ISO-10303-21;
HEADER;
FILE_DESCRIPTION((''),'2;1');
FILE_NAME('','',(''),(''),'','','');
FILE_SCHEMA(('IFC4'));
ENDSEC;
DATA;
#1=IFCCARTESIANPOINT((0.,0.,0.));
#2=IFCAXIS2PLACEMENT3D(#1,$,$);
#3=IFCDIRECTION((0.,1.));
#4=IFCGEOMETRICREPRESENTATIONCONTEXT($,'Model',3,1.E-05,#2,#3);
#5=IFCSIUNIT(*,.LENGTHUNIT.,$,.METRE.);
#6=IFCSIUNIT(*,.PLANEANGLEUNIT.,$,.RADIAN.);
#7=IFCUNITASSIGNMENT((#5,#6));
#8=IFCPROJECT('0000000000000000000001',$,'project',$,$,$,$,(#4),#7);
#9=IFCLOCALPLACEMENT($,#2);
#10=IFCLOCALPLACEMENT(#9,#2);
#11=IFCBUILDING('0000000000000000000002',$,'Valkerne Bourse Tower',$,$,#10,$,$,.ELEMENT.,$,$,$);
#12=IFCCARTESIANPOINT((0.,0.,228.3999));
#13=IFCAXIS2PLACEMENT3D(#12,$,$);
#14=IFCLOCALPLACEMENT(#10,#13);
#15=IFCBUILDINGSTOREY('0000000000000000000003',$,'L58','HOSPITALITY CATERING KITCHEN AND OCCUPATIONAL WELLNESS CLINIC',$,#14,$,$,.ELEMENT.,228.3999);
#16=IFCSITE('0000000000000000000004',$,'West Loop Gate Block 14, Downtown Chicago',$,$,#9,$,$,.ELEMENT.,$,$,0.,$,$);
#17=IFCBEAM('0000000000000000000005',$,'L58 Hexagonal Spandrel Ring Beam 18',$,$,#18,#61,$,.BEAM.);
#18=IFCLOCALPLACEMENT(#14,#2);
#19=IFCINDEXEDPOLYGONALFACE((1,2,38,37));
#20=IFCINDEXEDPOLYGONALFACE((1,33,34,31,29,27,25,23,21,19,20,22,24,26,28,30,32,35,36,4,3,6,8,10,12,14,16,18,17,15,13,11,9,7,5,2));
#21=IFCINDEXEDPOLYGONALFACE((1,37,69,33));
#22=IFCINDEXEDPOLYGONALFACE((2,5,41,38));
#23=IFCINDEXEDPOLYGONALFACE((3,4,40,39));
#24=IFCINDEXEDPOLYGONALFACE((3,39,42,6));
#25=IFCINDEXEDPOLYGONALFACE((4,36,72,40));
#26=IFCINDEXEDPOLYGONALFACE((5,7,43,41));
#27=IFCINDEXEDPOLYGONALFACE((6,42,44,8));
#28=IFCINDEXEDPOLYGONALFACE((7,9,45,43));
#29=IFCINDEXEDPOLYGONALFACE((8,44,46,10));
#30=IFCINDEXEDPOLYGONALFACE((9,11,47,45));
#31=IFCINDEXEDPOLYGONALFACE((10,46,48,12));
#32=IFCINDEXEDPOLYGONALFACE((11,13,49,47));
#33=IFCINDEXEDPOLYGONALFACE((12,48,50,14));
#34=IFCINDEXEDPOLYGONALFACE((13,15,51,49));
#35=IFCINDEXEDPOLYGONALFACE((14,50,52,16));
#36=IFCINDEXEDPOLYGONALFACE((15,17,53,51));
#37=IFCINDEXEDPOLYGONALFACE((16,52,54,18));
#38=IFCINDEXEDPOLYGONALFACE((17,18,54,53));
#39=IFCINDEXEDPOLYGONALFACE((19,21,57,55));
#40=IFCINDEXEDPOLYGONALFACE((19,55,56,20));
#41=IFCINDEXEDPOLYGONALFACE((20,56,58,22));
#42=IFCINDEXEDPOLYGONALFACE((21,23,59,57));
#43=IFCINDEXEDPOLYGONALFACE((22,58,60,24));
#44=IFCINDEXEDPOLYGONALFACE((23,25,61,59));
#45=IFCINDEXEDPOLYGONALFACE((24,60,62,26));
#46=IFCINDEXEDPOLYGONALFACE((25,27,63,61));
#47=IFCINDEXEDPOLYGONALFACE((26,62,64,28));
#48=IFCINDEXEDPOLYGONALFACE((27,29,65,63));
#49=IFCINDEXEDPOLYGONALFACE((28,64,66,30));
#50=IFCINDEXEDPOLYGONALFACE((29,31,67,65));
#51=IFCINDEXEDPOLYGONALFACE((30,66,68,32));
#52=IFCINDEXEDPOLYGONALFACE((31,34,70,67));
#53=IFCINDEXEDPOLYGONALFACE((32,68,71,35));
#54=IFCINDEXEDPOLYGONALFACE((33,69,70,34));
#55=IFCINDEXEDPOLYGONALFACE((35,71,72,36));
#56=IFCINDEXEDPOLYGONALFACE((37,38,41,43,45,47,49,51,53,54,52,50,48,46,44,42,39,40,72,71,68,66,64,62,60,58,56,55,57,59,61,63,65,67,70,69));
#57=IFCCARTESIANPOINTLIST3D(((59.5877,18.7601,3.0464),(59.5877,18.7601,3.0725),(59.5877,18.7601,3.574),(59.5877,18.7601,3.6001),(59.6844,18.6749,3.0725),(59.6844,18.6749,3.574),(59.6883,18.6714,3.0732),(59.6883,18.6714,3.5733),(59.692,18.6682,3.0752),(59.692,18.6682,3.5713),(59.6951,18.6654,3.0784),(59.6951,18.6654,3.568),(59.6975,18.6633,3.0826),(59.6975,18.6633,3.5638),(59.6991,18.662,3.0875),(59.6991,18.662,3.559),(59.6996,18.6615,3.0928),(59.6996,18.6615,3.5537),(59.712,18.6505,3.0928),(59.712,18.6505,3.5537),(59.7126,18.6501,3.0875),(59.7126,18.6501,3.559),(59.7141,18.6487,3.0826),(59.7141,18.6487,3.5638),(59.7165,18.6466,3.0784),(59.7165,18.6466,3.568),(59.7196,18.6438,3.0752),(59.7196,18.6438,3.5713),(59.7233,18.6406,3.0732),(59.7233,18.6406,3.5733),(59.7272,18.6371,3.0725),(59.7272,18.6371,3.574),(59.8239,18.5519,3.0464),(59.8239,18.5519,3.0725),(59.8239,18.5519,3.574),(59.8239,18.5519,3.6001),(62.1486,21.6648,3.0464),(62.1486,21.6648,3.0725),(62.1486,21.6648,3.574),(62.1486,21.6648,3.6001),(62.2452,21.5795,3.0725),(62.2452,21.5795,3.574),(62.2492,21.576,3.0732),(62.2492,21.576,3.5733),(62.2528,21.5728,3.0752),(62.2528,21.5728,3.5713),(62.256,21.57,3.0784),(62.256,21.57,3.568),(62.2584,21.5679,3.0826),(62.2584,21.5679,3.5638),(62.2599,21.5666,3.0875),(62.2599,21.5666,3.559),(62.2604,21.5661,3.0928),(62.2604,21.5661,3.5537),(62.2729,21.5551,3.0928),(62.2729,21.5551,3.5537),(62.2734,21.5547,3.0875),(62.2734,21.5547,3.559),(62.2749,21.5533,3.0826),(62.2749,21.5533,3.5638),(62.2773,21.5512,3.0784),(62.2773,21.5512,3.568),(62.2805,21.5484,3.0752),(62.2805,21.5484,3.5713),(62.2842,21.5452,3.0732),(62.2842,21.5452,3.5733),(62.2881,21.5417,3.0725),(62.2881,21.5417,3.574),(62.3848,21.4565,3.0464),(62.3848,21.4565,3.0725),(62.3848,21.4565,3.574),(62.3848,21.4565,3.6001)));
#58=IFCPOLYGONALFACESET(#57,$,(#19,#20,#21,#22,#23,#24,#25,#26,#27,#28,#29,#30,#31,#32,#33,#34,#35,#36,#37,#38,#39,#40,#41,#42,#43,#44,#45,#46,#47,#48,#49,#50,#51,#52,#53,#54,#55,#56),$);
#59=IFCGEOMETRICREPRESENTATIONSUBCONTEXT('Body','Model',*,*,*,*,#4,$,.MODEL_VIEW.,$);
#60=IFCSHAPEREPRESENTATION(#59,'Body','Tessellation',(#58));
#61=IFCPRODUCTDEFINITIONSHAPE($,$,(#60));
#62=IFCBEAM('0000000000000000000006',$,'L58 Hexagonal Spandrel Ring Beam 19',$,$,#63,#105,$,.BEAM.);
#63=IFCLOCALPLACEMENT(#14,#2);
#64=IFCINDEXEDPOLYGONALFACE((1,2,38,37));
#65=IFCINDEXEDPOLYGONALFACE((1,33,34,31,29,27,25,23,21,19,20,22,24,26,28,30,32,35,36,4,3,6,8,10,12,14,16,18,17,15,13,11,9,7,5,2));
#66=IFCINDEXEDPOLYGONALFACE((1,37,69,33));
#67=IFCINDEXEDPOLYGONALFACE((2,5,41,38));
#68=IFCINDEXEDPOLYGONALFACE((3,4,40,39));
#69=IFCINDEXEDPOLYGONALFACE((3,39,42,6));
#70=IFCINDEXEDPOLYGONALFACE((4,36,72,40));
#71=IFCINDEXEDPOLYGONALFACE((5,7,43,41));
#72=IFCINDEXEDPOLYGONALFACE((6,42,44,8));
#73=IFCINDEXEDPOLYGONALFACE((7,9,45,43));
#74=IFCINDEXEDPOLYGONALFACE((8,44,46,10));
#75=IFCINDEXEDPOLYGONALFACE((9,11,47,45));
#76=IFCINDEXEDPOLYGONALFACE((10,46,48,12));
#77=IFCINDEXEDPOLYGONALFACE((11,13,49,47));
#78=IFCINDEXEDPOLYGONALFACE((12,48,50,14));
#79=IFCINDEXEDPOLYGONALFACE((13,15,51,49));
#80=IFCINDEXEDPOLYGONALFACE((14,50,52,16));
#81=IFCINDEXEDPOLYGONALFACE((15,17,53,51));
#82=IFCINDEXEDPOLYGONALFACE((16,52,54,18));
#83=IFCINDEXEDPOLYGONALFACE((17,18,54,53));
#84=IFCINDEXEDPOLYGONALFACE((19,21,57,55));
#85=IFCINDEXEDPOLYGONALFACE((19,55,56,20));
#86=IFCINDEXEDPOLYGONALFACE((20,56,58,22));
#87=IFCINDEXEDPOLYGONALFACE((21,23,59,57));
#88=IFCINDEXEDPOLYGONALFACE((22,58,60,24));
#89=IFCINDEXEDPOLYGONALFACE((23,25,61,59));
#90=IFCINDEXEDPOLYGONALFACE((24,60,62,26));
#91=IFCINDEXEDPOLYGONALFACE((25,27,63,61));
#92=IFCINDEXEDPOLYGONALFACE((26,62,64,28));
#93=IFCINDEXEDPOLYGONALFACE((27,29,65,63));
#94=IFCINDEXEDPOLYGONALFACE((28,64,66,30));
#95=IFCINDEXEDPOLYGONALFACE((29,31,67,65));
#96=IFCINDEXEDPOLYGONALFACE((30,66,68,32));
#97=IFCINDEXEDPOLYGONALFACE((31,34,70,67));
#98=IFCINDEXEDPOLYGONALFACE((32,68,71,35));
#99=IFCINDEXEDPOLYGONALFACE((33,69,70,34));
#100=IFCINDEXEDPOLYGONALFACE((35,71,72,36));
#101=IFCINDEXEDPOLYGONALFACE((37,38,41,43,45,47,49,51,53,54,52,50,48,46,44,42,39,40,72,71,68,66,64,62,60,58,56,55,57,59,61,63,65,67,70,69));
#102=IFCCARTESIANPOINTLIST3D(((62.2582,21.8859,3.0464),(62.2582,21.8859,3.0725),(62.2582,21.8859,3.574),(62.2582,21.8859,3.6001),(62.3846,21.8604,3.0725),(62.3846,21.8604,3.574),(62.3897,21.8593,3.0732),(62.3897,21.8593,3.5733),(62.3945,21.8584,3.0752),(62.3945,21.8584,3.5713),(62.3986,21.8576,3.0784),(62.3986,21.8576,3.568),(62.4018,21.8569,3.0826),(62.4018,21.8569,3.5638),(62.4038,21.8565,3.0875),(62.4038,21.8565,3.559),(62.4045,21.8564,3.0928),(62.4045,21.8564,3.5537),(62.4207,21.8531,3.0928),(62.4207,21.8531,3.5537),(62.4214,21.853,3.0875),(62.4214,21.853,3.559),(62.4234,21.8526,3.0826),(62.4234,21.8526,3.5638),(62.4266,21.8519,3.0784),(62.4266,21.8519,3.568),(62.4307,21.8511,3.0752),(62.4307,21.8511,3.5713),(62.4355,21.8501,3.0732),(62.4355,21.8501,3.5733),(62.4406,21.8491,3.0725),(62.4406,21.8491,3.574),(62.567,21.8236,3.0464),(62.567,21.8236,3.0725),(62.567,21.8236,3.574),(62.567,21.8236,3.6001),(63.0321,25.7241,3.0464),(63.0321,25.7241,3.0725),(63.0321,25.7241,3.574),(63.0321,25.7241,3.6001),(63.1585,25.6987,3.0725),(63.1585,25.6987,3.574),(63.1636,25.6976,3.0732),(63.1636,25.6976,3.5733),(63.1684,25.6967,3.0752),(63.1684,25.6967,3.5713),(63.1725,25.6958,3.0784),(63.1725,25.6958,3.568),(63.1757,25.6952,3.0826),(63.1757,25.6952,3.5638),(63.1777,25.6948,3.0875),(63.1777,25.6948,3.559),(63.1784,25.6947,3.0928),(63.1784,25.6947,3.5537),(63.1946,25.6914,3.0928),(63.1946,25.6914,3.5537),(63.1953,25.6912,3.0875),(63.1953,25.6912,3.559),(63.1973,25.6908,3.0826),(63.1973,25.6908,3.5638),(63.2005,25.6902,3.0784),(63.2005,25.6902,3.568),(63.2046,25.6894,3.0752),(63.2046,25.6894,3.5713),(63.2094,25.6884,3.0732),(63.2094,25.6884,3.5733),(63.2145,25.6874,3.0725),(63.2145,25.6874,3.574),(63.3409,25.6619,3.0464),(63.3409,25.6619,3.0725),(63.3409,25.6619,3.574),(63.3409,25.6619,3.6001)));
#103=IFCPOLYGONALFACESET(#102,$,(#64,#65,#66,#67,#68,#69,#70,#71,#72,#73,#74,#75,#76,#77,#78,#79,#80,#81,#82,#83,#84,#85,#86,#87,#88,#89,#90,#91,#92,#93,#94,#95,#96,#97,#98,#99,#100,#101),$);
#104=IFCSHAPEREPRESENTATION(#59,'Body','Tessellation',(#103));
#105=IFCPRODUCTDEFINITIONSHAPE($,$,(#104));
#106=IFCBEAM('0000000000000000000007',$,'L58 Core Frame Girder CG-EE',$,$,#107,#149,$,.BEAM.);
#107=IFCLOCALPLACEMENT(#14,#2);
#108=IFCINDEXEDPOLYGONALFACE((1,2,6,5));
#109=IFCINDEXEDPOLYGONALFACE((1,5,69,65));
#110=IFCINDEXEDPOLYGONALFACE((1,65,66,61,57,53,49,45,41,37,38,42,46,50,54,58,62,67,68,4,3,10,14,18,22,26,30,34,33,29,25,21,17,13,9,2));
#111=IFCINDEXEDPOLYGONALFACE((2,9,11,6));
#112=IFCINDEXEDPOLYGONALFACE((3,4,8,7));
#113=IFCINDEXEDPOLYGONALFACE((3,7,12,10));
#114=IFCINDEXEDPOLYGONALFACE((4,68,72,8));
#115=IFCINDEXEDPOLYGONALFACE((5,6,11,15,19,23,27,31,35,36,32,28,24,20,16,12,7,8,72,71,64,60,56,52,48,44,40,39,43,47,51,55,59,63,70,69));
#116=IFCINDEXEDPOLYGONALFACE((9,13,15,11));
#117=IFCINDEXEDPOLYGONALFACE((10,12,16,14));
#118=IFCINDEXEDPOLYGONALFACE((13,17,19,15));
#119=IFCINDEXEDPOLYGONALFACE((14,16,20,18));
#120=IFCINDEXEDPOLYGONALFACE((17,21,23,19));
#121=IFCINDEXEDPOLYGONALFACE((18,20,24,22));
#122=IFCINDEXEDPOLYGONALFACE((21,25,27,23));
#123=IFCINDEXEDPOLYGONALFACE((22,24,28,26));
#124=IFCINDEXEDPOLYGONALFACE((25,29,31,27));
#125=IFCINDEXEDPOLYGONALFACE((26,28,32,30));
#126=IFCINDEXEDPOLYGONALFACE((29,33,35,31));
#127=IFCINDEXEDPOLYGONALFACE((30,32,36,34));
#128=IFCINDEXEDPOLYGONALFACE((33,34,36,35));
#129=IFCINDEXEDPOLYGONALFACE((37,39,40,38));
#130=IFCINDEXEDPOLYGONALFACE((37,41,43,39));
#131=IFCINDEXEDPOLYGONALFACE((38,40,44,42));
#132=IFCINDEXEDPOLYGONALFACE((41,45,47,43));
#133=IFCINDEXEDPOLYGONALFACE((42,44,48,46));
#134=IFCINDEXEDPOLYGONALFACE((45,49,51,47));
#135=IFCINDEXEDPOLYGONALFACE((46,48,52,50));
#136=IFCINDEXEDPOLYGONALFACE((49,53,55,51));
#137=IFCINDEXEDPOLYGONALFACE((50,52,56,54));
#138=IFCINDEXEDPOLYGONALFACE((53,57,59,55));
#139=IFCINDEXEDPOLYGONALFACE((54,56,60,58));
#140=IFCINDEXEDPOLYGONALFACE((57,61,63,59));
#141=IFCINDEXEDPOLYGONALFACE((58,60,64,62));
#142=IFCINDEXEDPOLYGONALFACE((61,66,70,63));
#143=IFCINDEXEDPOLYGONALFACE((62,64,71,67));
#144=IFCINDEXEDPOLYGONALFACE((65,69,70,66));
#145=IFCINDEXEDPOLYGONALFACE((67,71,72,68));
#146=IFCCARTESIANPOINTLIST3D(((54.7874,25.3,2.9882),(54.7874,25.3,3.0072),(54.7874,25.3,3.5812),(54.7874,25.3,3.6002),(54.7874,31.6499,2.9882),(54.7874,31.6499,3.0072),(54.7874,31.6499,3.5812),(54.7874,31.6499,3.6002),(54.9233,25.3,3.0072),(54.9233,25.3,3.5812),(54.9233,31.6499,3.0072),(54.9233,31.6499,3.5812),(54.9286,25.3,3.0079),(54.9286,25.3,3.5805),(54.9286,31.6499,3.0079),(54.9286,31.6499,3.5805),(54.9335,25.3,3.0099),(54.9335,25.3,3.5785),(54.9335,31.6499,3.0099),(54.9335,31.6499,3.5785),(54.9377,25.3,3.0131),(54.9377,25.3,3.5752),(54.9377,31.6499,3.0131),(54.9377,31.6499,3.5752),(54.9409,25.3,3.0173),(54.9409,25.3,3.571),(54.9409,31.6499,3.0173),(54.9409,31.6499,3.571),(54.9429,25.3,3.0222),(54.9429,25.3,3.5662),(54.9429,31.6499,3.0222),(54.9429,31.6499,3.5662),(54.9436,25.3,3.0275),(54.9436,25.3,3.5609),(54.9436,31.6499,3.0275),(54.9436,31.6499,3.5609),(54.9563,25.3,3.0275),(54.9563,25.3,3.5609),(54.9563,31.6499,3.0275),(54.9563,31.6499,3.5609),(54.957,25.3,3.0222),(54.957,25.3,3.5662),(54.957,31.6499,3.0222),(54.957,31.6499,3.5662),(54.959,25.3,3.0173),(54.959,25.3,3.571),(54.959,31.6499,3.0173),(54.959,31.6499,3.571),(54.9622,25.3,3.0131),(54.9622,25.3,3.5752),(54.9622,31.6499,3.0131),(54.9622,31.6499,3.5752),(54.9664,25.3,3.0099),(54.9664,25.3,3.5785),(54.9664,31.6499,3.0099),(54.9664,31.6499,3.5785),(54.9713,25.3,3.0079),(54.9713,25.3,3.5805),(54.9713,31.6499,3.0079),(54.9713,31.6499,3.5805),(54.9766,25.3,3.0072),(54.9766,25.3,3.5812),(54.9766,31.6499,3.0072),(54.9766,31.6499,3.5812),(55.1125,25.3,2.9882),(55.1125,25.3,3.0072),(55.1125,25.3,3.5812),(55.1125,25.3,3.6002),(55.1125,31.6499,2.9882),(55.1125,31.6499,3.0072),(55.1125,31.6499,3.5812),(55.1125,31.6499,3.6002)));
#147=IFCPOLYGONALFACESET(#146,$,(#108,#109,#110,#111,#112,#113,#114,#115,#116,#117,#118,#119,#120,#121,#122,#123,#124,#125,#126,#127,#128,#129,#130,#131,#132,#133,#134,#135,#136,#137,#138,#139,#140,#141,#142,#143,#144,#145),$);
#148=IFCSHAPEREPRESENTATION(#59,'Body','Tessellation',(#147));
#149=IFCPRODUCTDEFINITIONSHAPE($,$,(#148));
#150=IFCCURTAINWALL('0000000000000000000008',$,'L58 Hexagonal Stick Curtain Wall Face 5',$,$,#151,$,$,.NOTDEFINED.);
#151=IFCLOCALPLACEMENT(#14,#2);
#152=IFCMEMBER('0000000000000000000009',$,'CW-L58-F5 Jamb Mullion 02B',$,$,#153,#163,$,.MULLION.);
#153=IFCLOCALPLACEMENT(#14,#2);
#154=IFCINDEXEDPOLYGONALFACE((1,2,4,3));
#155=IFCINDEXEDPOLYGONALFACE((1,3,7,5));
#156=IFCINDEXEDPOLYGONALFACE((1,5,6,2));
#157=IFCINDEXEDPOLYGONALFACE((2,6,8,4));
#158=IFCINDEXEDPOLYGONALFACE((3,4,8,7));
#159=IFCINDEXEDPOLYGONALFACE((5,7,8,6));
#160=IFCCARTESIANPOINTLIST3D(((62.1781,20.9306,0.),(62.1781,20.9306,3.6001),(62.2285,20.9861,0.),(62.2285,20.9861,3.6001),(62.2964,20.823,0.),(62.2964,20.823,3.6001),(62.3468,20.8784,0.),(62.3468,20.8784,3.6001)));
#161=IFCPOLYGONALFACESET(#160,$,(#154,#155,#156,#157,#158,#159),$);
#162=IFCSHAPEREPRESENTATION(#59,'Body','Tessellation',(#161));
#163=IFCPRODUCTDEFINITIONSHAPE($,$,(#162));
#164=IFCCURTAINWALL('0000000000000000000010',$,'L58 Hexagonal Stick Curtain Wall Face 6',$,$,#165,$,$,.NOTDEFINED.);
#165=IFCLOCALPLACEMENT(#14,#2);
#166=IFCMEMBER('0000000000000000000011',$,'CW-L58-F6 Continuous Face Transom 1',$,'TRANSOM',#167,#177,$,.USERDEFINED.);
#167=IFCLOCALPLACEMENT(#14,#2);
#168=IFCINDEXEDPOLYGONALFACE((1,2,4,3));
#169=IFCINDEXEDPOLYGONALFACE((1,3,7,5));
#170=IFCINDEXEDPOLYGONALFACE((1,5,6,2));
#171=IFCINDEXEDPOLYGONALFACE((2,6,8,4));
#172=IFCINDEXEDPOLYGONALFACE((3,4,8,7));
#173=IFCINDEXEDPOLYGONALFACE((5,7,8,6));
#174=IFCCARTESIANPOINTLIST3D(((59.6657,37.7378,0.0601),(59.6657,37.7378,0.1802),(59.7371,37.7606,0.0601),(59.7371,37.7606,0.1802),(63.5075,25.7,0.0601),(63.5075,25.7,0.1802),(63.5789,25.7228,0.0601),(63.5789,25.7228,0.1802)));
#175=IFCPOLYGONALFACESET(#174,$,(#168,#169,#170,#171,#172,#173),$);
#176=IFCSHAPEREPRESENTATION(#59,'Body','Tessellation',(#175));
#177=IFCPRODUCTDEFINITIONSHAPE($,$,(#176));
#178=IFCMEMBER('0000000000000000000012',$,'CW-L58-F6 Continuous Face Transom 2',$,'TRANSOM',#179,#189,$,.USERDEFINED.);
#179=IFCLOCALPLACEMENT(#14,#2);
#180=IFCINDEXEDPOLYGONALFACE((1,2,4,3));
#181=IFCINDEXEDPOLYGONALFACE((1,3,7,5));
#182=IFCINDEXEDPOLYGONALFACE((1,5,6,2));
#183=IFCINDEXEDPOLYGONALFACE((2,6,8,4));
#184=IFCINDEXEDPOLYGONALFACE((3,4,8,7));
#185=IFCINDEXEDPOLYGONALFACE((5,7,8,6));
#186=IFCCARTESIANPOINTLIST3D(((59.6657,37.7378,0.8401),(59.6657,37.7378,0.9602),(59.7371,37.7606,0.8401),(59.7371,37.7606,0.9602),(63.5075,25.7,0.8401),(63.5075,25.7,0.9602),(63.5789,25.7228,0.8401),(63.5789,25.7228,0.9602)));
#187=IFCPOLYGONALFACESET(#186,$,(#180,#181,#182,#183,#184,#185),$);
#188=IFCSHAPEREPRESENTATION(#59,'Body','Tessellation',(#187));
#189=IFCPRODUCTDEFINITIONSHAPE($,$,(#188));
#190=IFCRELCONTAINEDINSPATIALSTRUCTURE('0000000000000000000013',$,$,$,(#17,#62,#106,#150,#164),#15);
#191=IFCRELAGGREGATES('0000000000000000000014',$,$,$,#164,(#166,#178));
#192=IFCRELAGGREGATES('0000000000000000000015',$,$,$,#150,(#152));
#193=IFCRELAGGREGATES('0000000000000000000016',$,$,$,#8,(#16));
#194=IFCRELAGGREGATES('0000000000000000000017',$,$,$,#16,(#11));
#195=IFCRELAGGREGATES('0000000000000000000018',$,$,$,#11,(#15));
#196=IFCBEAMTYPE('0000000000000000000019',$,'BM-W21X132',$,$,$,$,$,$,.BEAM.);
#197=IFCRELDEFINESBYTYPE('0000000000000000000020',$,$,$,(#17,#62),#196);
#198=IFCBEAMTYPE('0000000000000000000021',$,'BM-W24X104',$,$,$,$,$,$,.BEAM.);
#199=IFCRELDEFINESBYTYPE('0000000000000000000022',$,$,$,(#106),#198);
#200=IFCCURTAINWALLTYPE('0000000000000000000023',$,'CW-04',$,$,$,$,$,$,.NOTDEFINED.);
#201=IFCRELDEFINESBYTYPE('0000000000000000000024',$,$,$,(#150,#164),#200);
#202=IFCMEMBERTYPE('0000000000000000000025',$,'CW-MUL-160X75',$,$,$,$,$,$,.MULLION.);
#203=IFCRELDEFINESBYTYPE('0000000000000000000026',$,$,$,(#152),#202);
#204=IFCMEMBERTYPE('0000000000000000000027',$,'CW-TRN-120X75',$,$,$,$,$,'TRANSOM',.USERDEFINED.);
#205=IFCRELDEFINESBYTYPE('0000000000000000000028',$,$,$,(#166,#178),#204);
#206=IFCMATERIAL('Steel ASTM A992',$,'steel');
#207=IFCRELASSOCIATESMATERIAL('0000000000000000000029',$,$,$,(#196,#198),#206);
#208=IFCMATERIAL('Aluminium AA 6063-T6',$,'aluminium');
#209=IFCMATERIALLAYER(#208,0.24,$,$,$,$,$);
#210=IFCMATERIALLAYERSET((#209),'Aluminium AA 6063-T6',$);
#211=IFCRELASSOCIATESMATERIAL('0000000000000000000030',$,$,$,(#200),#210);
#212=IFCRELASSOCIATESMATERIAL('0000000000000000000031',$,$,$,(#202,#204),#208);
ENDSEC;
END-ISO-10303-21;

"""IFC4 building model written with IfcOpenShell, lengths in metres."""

from ifc_helpers import new_model, si_unit, direction, frame, origin, origin_2d, place, context, subcontext, project, spatial, rectangle, i_section, extrude, material, layer, layer_set, material_profile, profile_set, type_object, element, aggregate, save


model = new_model("IFC4")

# Units and contexts
model_context = context("Model", 3, precision=1e-05, world=origin(), true_north=direction((0.0, 1.0)))
body_context = subcontext(model_context, "Body", "Model", "MODEL_VIEW")
ifc_project = project(units=[si_unit("LENGTHUNIT", "METRE"), si_unit("PLANEANGLEUNIT", "RADIAN")], contexts=[model_context])

# Site, building, storey
site_placement = place(None, origin())
site = spatial("IfcSite", under=ifc_project, at=site_placement, Name="West Loop Gate Block 14, Downtown Chicago", CompositionType="ELEMENT", RefElevation=0.0)
building_placement = place(site_placement, origin())
building = spatial("IfcBuilding", under=site, at=building_placement, Name="Valkerne Bourse Tower", CompositionType="ELEMENT")
storey_placement = place(building_placement, frame((0.0, 0.0, 228.3999)))
storey = spatial("IfcBuildingStorey", under=building, at=storey_placement, Name="L58", Description="HOSPITALITY CATERING KITCHEN AND OCCUPATIONAL WELLNESS CLINIC", CompositionType="ELEMENT", Elevation=228.3999)

# Beams
ifc_material_1 = material(Name="Steel ASTM A992", Category="steel")
ifc_material_profile_1 = material_profile(ifc_material_1, i_section(OverallWidth=0.3149, OverallDepth=0.5537, WebThickness=0.0166, FlangeThickness=0.0261, FilletRadius=0.0203, at=origin_2d()), Name="W21X132")
ifc_profile_set_1 = profile_set([ifc_material_profile_1], Name="Steel ASTM A992")
beam_type_1 = type_object("IfcBeamType", Name="BM-W21X132", PredefinedType="BEAM", material=ifc_profile_set_1)
beam_1_placement = place(storey_placement, frame((59.7058, 18.656, 3.3232), z_axis=(0.661325, 0.750099, 0.0), x_axis=(-0.750099, 0.661325, 0.0)))
element("IfcBeam", 1, at=beam_1_placement, inside=storey, type_object=beam_type_1, Name="L58 Hexagonal Spandrel Ring Beam 18", PredefinedType="BEAM", context=body_context, shape_type="SweptSolid", body=[
    extrude(i_section(OverallWidth=0.3149, OverallDepth=0.5537, WebThickness=0.0166, FlangeThickness=0.0261, FilletRadius=0.0203, at=origin_2d()), origin(), (0.0, 0.0, 1.0), 3.8723),
])
beam_2_placement = place(storey_placement, frame((62.4126, 21.8547, 3.3232), z_axis=(0.197651, 0.980273, 0.0), x_axis=(-0.980273, 0.197651, 0.0)))
element("IfcBeam", 2, at=beam_2_placement, inside=storey, type_object=beam_type_1, Name="L58 Hexagonal Spandrel Ring Beam 19", PredefinedType="BEAM", context=body_context, shape_type="SweptSolid", body=[
    extrude(i_section(OverallWidth=0.3149, OverallDepth=0.5537, WebThickness=0.0166, FlangeThickness=0.0261, FilletRadius=0.0203, at=origin_2d()), origin(), (0.0, 0.0, 1.0), 3.9155),
])
ifc_material_profile_2 = material_profile(ifc_material_1, i_section(OverallWidth=0.3252, OverallDepth=0.6121, WebThickness=0.0127, FlangeThickness=0.019, FilletRadius=0.0203, at=origin_2d()), Name="W24X104")
ifc_profile_set_2 = profile_set([ifc_material_profile_2], Name="Steel ASTM A992")
beam_type_2 = type_object("IfcBeamType", Name="BM-W24X104", PredefinedType="BEAM", material=ifc_profile_set_2)
beam_3_placement = place(storey_placement, frame((54.95, 25.3, 3.2942), z_axis=(0.0, 1.0, 0.0), x_axis=(-1.0, 0.0, 0.0)))
element("IfcBeam", 3, at=beam_3_placement, inside=storey, type_object=beam_type_2, Name="L58 Core Frame Girder CG-EE", PredefinedType="BEAM", context=body_context, shape_type="SweptSolid", body=[
    extrude(i_section(OverallWidth=0.3252, OverallDepth=0.6121, WebThickness=0.0127, FlangeThickness=0.019, FilletRadius=0.0203, at=origin_2d()), origin(), (0.0, 0.0, 1.0), 6.3499),
])

# Curtain wall, member
ifc_material_2 = material(Name="Aluminium AA 6063-T6", Category="aluminium")
ifc_layer_1 = layer(ifc_material_2, 0.24)
ifc_layer_set_1 = layer_set([ifc_layer_1], Name="Aluminium AA 6063-T6")
curtain_wall_type = type_object("IfcCurtainWallType", Name="CW-04", PredefinedType="NOTDEFINED", material=ifc_layer_set_1)
curtain_wall_1_placement = place(storey_placement, origin())
curtain_wall_1 = element("IfcCurtainWall", 4, at=curtain_wall_1_placement, inside=storey, type_object=curtain_wall_type, Name="L58 Hexagonal Stick Curtain Wall Face 5", PredefinedType="NOTDEFINED")
ifc_material_profile_3 = material_profile(ifc_material_2, rectangle(XDim=0.075, YDim=0.1599, at=origin_2d()), Name="CWM-75X160")
ifc_profile_set_3 = profile_set([ifc_material_profile_3], Name="Aluminium AA 6063-T6")
member_type_1 = type_object("IfcMemberType", Name="CW-MUL-160X75", PredefinedType="MULLION", material=ifc_profile_set_3)
member_1_placement = place(storey_placement, frame((62.2625, 20.9045, 0.0), z_axis=(0.0, 0.0, 1.0), x_axis=(0.673025, 0.73962, 0.0)))
member_1 = element("IfcMember", 5, at=member_1_placement, type_object=member_type_1, Name="CW-L58-F5 Jamb Mullion 02B", PredefinedType="MULLION", context=body_context, shape_type="SweptSolid", body=[
    extrude(rectangle(XDim=0.075, YDim=0.1599, at=origin_2d()), origin(), (0.0, 0.0, 1.0), 3.6001),
])

# Curtain wall, members
curtain_wall_2_placement = place(storey_placement, origin())
curtain_wall_2 = element("IfcCurtainWall", 6, at=curtain_wall_2_placement, inside=storey, type_object=curtain_wall_type, Name="L58 Hexagonal Stick Curtain Wall Face 6", PredefinedType="NOTDEFINED")
ifc_material_profile_4 = material_profile(ifc_material_2, rectangle(XDim=0.075, YDim=0.1201, at=origin_2d()), Name="CWT-75X120")
ifc_profile_set_4 = profile_set([ifc_material_profile_4], Name="Aluminium AA 6063-T6")
member_type_2 = type_object("IfcMemberType", Name="CW-TRN-120X75", ElementType="TRANSOM", PredefinedType="USERDEFINED", material=ifc_profile_set_4)
member_2_placement = place(storey_placement, frame((63.5432, 25.7114, 0.1201), z_axis=(-0.304035, 0.952661, 0.0), x_axis=(-0.952661, -0.304035, 0.0)))
member_2 = element("IfcMember", 7, at=member_2_placement, type_object=member_type_2, Name="CW-L58-F6 Continuous Face Transom 1", ObjectType="TRANSOM", PredefinedType="USERDEFINED", context=body_context, shape_type="SweptSolid", body=[
    extrude(rectangle(XDim=0.075, YDim=0.1201, at=origin_2d()), origin(), (0.0, 0.0, 1.0), 12.636),
])
member_3_placement = place(storey_placement, frame((63.5432, 25.7114, 0.9001), z_axis=(-0.304035, 0.952661, 0.0), x_axis=(-0.952661, -0.304035, 0.0)))
member_3 = element("IfcMember", 8, at=member_3_placement, type_object=member_type_2, Name="CW-L58-F6 Continuous Face Transom 2", ObjectType="TRANSOM", PredefinedType="USERDEFINED", context=body_context, shape_type="SweptSolid", body=[
    extrude(rectangle(XDim=0.075, YDim=0.1201, at=origin_2d()), origin(), (0.0, 0.0, 1.0), 12.636),
])
aggregate(curtain_wall_2, [member_2, member_3])

aggregate(curtain_wall_1, [member_1])

save(model, "model.ifc")
